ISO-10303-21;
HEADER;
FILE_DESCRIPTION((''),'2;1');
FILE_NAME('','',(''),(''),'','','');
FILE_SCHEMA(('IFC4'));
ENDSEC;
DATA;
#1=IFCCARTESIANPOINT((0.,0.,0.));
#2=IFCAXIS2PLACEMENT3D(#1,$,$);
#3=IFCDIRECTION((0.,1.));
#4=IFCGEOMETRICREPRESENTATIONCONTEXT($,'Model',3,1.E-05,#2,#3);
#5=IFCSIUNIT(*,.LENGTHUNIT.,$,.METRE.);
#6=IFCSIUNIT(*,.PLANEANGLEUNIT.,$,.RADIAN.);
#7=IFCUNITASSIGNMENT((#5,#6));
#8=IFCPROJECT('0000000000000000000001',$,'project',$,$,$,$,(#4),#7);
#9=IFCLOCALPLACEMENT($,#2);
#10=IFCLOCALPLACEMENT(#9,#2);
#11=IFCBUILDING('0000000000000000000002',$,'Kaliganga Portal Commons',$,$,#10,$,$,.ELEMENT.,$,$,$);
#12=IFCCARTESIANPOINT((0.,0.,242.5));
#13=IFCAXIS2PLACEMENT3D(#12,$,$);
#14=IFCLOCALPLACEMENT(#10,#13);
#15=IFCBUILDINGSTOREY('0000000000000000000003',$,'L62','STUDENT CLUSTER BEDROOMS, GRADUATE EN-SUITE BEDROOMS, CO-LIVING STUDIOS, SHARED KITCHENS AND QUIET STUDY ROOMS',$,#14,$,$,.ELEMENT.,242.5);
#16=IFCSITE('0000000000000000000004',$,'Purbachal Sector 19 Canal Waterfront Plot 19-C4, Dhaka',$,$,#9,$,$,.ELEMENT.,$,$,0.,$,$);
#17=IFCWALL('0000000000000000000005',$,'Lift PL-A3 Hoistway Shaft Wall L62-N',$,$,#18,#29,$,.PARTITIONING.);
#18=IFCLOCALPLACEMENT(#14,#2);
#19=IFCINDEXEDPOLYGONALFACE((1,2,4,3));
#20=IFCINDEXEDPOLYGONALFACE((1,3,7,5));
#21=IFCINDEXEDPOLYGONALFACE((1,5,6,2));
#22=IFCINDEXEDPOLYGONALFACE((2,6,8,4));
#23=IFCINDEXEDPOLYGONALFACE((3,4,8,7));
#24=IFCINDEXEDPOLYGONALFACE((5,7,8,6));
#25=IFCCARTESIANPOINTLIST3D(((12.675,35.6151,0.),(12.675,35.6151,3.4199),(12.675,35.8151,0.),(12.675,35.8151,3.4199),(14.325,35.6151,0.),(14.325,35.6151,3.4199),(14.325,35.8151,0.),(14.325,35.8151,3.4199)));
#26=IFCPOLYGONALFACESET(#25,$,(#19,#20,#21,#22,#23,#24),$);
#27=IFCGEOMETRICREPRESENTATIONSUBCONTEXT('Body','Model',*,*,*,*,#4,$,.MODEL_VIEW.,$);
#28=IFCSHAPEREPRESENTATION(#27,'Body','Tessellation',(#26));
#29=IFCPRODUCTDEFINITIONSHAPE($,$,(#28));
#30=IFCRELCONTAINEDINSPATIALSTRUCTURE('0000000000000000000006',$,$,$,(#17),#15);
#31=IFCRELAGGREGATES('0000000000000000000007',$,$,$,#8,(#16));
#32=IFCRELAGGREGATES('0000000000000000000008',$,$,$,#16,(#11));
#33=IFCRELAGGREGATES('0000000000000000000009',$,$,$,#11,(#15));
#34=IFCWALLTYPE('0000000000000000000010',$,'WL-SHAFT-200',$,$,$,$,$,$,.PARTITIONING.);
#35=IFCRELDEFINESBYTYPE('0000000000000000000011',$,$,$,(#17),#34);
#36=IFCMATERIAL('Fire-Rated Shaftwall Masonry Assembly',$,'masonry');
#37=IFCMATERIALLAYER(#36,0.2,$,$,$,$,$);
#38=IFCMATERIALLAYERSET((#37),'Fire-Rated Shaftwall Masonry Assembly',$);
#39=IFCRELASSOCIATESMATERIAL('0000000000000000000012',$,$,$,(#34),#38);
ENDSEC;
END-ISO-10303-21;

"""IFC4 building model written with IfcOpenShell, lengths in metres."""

from ifc_helpers import new_model, si_unit, direction, frame, frame_2d, origin, place, context, subcontext, project, spatial, rectangle, extrude, material, layer, layer_set, type_object, element, save


model = new_model("IFC4")

# Units and contexts
model_context = context("Model", 3, precision=1e-05, world=origin(), true_north=direction((0.0, 1.0)))
body_context = subcontext(model_context, "Body", "Model", "MODEL_VIEW")
ifc_project = project(units=[si_unit("LENGTHUNIT", "METRE"), si_unit("PLANEANGLEUNIT", "RADIAN")], contexts=[model_context])

# Site, building, storey
site_placement = place(None, origin())
site = spatial("IfcSite", under=ifc_project, at=site_placement, Name="Purbachal Sector 19 Canal Waterfront Plot 19-C4, Dhaka", CompositionType="ELEMENT", RefElevation=0.0)
building_placement = place(site_placement, origin())
building = spatial("IfcBuilding", under=site, at=building_placement, Name="Kaliganga Portal Commons", CompositionType="ELEMENT")
storey_placement = place(building_placement, frame((0.0, 0.0, 242.5)))
storey = spatial("IfcBuildingStorey", under=building, at=storey_placement, Name="L62", Description="STUDENT CLUSTER BEDROOMS, GRADUATE EN-SUITE BEDROOMS, CO-LIVING STUDIOS, SHARED KITCHENS AND QUIET STUDY ROOMS", CompositionType="ELEMENT", Elevation=242.5)

# Wall
ifc_material_1 = material(Name="Fire-Rated Shaftwall Masonry Assembly", Category="masonry")
ifc_layer_1 = layer(ifc_material_1, 0.2)
ifc_layer_set_1 = layer_set([ifc_layer_1], Name="Fire-Rated Shaftwall Masonry Assembly")
wall_type_1 = type_object("IfcWallType", Name="WL-SHAFT-200", PredefinedType="PARTITIONING", material=ifc_layer_set_1)
wall_1_placement = place(storey_placement, frame((12.675, 35.7151, 0.0), z_axis=(0.0, 0.0, 1.0), x_axis=(1.0, 0.0, 0.0)))
element("IfcWall", 1, at=wall_1_placement, inside=storey, type_object=wall_type_1, Name="Lift PL-A3 Hoistway Shaft Wall L62-N", PredefinedType="PARTITIONING", context=body_context, shape_type="SweptSolid", body=[
    extrude(rectangle(XDim=1.6499, YDim=0.2, at=frame_2d((0.825, 0.0))), origin(), (0.0, 0.0, 1.0), 3.4199),
])

save(model, "model.ifc")
